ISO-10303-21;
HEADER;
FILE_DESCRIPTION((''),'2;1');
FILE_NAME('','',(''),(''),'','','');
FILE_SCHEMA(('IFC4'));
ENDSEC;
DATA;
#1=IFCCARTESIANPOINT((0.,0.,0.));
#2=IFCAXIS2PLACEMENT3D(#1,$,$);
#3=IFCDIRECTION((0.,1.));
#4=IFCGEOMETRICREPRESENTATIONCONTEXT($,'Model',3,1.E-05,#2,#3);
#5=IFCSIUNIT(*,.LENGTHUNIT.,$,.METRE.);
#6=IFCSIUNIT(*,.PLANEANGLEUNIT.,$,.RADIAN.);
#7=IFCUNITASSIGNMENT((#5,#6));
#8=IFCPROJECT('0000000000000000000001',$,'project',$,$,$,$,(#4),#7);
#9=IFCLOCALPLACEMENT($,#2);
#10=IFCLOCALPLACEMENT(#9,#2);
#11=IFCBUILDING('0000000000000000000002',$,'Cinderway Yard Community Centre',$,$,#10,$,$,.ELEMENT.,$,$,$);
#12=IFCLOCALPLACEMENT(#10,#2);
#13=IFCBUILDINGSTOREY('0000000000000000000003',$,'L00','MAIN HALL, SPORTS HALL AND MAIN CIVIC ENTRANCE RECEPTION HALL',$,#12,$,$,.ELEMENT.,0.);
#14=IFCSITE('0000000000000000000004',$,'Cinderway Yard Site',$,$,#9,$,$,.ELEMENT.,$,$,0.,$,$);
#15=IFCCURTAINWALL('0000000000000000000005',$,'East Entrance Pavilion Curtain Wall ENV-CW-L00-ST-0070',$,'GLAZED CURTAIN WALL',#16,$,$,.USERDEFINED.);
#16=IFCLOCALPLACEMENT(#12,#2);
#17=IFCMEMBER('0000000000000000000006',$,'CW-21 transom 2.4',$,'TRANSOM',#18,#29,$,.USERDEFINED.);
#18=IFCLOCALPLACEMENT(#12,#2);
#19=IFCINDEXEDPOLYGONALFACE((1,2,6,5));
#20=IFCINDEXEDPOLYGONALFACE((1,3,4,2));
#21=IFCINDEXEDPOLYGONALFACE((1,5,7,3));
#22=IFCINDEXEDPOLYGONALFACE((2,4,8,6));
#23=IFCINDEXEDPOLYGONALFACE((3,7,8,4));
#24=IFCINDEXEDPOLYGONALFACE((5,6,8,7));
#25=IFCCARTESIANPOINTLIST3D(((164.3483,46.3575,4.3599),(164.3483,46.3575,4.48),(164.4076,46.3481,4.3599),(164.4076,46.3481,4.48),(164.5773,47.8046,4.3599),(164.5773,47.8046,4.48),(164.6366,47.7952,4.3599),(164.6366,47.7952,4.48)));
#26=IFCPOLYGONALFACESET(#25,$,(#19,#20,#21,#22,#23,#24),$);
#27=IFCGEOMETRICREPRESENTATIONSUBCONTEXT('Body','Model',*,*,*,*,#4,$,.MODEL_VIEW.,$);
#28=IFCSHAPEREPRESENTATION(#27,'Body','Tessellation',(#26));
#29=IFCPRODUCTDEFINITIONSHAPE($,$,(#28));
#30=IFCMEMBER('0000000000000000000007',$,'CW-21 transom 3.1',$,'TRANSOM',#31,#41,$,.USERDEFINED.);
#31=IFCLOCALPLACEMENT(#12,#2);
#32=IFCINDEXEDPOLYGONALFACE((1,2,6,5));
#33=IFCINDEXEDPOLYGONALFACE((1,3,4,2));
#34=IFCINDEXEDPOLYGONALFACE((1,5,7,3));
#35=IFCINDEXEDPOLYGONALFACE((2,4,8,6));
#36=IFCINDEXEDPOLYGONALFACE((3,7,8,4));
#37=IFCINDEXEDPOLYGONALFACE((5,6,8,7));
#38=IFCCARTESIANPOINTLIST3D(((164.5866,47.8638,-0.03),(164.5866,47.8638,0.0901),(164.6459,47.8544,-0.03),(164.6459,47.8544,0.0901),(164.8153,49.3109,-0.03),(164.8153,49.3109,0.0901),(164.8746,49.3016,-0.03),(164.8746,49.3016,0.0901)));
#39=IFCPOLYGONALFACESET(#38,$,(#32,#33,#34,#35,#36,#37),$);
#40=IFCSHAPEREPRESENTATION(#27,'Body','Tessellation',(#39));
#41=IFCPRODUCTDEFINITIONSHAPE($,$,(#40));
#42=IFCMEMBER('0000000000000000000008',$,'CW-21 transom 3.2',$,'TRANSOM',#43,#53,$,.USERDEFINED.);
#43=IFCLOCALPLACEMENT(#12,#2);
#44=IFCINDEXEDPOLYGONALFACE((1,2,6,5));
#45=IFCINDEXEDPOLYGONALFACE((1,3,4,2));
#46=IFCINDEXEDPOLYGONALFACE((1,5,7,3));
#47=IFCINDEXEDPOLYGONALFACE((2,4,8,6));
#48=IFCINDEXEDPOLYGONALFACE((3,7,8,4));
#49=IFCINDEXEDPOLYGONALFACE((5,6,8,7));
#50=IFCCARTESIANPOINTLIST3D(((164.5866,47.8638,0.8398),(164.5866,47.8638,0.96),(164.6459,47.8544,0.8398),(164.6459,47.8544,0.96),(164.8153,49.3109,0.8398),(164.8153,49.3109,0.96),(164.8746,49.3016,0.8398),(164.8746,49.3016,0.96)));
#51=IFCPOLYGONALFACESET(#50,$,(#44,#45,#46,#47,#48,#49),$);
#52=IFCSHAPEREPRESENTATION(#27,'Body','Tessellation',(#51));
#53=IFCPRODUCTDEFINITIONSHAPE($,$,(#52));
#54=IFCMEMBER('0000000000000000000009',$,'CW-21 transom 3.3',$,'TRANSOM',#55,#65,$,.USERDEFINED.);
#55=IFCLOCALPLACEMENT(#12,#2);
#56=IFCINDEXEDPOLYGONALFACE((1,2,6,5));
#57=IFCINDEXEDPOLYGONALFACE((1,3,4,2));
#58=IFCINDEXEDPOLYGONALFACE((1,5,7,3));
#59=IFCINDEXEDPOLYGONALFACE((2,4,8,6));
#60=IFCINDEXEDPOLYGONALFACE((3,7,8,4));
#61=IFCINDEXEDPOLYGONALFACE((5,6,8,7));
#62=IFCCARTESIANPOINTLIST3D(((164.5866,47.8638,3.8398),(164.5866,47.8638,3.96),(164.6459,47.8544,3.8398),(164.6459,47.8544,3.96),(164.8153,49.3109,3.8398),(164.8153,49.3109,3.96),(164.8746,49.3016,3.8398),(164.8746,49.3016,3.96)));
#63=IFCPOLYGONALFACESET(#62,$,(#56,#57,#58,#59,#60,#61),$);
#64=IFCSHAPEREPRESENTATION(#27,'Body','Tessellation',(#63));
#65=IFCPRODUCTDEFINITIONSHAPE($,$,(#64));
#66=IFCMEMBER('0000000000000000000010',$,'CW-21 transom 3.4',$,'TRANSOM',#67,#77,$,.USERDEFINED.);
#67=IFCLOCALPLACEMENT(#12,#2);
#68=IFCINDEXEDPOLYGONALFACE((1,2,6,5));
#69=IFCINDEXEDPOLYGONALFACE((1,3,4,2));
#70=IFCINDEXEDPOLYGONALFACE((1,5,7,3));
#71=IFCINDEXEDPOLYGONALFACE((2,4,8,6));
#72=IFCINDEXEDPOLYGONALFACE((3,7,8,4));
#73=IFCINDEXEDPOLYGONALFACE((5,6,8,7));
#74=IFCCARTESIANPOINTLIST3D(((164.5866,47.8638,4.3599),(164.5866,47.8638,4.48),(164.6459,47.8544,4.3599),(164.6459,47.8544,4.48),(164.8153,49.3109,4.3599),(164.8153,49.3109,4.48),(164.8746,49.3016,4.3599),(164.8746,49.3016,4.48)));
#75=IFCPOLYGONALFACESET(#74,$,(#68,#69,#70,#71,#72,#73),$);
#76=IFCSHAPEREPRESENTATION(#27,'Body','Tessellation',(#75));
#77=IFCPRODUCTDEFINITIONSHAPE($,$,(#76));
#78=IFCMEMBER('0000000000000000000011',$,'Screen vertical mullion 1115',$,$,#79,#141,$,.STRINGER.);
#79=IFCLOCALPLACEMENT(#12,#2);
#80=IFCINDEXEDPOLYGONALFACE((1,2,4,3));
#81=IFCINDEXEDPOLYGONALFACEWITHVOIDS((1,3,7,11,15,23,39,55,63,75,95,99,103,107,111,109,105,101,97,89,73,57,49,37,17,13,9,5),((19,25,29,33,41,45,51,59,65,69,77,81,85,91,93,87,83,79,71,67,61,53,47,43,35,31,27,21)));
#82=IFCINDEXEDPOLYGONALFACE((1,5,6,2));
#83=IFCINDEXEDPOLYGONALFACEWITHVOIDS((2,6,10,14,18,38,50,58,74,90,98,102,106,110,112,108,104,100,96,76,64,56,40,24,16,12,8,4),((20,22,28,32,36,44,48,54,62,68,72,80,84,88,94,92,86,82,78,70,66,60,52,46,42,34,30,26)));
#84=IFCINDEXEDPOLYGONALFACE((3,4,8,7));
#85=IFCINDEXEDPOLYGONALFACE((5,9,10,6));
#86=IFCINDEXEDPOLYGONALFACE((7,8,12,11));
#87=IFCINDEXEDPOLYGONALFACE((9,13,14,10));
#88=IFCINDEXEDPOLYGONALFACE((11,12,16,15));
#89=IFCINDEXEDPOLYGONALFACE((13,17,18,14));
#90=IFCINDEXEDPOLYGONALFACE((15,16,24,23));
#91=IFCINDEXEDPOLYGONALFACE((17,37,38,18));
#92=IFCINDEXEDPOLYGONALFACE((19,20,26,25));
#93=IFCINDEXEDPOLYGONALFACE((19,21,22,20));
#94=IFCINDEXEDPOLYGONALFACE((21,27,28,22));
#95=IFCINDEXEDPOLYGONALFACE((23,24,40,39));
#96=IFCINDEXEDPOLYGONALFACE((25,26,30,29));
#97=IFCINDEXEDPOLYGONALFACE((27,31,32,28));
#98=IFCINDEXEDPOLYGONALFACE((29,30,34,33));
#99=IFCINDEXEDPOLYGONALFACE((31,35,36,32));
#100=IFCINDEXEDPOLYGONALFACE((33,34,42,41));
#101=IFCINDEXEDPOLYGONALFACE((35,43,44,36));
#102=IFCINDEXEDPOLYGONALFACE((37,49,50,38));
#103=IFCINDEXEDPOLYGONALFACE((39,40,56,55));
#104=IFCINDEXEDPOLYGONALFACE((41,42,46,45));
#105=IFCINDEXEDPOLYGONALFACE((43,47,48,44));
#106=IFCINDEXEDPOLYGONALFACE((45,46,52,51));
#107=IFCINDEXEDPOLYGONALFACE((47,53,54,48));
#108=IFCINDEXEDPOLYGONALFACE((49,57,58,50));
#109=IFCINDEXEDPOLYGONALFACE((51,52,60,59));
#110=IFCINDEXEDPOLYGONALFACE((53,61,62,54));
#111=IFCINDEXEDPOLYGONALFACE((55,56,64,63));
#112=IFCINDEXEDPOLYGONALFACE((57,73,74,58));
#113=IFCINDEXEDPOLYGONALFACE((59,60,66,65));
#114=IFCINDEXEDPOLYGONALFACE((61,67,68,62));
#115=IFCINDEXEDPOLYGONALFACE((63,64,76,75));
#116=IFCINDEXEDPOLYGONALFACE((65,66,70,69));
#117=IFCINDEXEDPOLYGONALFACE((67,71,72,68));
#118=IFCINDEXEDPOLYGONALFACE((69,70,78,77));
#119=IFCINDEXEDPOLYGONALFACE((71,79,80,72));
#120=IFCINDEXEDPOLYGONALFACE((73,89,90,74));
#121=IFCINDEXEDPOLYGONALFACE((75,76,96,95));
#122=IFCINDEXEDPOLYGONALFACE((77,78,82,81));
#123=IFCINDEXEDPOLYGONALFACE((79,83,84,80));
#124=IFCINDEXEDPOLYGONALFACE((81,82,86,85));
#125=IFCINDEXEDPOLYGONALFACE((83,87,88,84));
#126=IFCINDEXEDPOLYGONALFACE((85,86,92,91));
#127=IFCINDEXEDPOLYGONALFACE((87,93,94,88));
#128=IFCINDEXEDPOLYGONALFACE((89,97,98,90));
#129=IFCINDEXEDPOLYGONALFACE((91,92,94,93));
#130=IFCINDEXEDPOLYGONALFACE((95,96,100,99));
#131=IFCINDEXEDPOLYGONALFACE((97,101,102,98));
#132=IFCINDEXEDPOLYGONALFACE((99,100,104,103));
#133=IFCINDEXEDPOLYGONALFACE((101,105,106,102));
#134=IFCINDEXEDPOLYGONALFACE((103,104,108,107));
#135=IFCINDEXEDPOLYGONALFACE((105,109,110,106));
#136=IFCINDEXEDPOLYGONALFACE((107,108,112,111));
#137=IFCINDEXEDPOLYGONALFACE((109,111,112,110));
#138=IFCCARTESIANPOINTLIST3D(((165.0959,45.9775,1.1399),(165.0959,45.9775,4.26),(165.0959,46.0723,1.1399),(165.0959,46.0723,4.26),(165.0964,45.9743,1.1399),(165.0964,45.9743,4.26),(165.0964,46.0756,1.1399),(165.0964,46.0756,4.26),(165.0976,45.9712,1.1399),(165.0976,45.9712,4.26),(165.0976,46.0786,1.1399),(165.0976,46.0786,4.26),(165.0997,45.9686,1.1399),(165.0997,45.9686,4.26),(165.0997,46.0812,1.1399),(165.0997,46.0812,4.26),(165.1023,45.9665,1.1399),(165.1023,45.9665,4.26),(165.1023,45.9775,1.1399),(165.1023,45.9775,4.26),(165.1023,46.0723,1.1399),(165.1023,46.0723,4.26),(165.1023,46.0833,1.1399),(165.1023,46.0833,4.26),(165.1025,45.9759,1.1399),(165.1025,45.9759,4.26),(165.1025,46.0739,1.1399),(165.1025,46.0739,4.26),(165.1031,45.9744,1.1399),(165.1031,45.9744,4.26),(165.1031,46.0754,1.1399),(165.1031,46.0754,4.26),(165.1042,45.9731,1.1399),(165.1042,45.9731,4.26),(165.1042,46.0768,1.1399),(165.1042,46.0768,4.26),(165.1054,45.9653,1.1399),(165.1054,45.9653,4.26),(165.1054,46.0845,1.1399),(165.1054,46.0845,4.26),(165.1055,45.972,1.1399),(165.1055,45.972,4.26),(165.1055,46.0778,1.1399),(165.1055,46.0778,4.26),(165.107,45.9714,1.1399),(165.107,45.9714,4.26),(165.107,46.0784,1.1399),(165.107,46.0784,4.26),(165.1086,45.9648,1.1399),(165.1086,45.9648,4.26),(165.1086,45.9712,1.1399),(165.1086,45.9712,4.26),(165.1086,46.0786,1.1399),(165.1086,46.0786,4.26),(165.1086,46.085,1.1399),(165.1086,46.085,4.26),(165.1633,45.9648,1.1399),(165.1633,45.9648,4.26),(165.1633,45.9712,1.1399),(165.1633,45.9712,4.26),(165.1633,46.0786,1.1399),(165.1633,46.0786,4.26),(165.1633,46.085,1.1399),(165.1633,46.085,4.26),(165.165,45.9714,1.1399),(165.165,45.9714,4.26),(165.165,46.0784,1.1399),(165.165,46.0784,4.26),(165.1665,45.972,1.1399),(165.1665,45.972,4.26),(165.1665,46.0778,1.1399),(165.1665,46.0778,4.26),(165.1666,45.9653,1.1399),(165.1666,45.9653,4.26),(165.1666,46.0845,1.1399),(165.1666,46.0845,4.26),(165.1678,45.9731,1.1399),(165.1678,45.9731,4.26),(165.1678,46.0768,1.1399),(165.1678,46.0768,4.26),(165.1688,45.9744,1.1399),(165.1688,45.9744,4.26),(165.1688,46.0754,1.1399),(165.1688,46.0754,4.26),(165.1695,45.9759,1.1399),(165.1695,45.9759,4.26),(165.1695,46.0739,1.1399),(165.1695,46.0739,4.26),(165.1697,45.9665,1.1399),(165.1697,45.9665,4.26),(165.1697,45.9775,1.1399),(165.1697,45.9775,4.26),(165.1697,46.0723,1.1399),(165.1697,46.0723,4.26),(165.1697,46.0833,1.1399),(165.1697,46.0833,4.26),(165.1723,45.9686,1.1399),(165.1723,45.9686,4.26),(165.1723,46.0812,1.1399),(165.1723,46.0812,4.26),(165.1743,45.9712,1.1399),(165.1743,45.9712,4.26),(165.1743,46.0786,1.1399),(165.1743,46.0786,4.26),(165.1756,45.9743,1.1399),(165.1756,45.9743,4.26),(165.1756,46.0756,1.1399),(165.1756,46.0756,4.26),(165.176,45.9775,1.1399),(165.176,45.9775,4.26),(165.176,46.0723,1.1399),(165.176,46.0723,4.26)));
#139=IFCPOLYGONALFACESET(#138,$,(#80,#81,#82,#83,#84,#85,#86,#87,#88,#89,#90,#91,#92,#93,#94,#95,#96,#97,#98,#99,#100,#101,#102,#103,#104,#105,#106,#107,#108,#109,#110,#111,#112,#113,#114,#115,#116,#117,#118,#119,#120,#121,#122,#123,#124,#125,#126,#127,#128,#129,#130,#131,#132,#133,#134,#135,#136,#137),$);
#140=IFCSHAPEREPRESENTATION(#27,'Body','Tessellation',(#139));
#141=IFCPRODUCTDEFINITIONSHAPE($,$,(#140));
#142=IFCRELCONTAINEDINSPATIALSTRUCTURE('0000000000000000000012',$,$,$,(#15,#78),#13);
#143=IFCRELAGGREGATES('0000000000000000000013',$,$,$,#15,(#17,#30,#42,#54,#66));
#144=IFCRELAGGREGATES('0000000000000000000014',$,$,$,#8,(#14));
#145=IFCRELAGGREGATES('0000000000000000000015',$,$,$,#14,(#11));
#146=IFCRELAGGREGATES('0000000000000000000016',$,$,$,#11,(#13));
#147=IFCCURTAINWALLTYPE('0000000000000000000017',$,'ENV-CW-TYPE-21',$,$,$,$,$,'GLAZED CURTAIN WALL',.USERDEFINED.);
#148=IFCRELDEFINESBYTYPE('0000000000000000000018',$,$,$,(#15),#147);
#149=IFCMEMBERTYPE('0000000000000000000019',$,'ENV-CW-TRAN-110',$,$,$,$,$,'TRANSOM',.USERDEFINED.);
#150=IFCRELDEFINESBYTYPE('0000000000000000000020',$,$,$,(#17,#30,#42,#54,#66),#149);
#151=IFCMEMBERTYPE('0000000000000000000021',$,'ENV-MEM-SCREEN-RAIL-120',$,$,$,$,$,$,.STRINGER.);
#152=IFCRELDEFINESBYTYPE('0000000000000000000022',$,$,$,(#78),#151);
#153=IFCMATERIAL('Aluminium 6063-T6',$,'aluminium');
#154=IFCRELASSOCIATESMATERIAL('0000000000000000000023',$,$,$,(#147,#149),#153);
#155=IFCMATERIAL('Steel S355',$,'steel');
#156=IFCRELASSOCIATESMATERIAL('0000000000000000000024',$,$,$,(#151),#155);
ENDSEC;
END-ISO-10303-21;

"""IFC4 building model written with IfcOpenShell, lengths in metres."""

from ifc_helpers import new_model, si_unit, direction, frame, origin, origin_2d, place, context, subcontext, project, spatial, rectangle, hollow_rectangle, extrude, material, material_profile, profile_set, type_object, element, aggregate, save


model = new_model("IFC4")

# Units and contexts
model_context = context("Model", 3, precision=1e-05, world=origin(), true_north=direction((0.0, 1.0)))
body_context = subcontext(model_context, "Body", "Model", "MODEL_VIEW")
ifc_project = project(units=[si_unit("LENGTHUNIT", "METRE"), si_unit("PLANEANGLEUNIT", "RADIAN")], contexts=[model_context])

# Site, building, storey
site_placement = place(None, origin())
site = spatial("IfcSite", under=ifc_project, at=site_placement, Name="Cinderway Yard Site", CompositionType="ELEMENT", RefElevation=0.0)
building_placement = place(site_placement, origin())
building = spatial("IfcBuilding", under=site, at=building_placement, Name="Cinderway Yard Community Centre", CompositionType="ELEMENT")
storey_placement = place(building_placement, origin())
storey = spatial("IfcBuildingStorey", under=building, at=storey_placement, Name="L00", Description="MAIN HALL, SPORTS HALL AND MAIN CIVIC ENTRANCE RECEPTION HALL", CompositionType="ELEMENT", Elevation=0.0)

# Curtain wall, members
ifc_material_1 = material(Name="Aluminium 6063-T6", Category="aluminium")
curtain_wall_type = type_object("IfcCurtainWallType", Name="ENV-CW-TYPE-21", ElementType="GLAZED CURTAIN WALL", PredefinedType="USERDEFINED", material=ifc_material_1)
curtain_wall_placement = place(storey_placement, origin())
curtain_wall = element("IfcCurtainWall", 1, at=curtain_wall_placement, inside=storey, type_object=curtain_wall_type, Name="East Entrance Pavilion Curtain Wall ENV-CW-L00-ST-0070", ObjectType="GLAZED CURTAIN WALL", PredefinedType="USERDEFINED")
ifc_material_profile_1 = material_profile(ifc_material_1, rectangle(XDim=0.0601, YDim=0.1201, at=origin_2d()), Name="Aluminium 6063-T6")
ifc_profile_set_1 = profile_set([ifc_material_profile_1], Name="Aluminium 6063-T6")
member_type_1 = type_object("IfcMemberType", Name="ENV-CW-TRAN-110", ElementType="TRANSOM", PredefinedType="USERDEFINED", material=ifc_profile_set_1)
member_1_placement = place(storey_placement, frame((164.3779, 46.3528, 4.4199), z_axis=(0.156313, 0.987708, 0.0), x_axis=(-0.987708, 0.156313, 0.0)))
member_1 = element("IfcMember", 2, at=member_1_placement, type_object=member_type_1, Name="CW-21 transom 2.4", ObjectType="TRANSOM", PredefinedType="USERDEFINED", context=body_context, shape_type="SweptSolid", body=[
    extrude(rectangle(XDim=0.0601, YDim=0.1201, at=origin_2d()), origin(), (0.0, 0.0, 1.0), 1.4651),
])
member_2_placement = place(storey_placement, frame((164.6162, 47.8591, 0.03), z_axis=(0.156151, 0.987733, 0.0), x_axis=(-0.987733, 0.156151, 0.0)))
member_2 = element("IfcMember", 3, at=member_2_placement, type_object=member_type_1, Name="CW-21 transom 3.1", ObjectType="TRANSOM", PredefinedType="USERDEFINED", context=body_context, shape_type="SweptSolid", body=[
    extrude(rectangle(XDim=0.0601, YDim=0.1201, at=origin_2d()), origin(), (0.0, 0.0, 1.0), 1.4651),
])
member_3_placement = place(storey_placement, frame((164.6162, 47.8591, 0.8999), z_axis=(0.156151, 0.987733, 0.0), x_axis=(-0.987733, 0.156151, 0.0)))
member_3 = element("IfcMember", 4, at=member_3_placement, type_object=member_type_1, Name="CW-21 transom 3.2", ObjectType="TRANSOM", PredefinedType="USERDEFINED", context=body_context, shape_type="SweptSolid", body=[
    extrude(rectangle(XDim=0.0601, YDim=0.1201, at=origin_2d()), origin(), (0.0, 0.0, 1.0), 1.4651),
])
member_4_placement = place(storey_placement, frame((164.6162, 47.8591, 3.8999), z_axis=(0.156151, 0.987733, 0.0), x_axis=(-0.987733, 0.156151, 0.0)))
member_4 = element("IfcMember", 5, at=member_4_placement, type_object=member_type_1, Name="CW-21 transom 3.3", ObjectType="TRANSOM", PredefinedType="USERDEFINED", context=body_context, shape_type="SweptSolid", body=[
    extrude(rectangle(XDim=0.0601, YDim=0.1201, at=origin_2d()), origin(), (0.0, 0.0, 1.0), 1.4651),
])
member_5_placement = place(storey_placement, frame((164.6162, 47.8591, 4.4199), z_axis=(0.156151, 0.987733, 0.0), x_axis=(-0.987733, 0.156151, 0.0)))
member_5 = element("IfcMember", 6, at=member_5_placement, type_object=member_type_1, Name="CW-21 transom 3.4", ObjectType="TRANSOM", PredefinedType="USERDEFINED", context=body_context, shape_type="SweptSolid", body=[
    extrude(rectangle(XDim=0.0601, YDim=0.1201, at=origin_2d()), origin(), (0.0, 0.0, 1.0), 1.4651),
])

# Member
ifc_material_2 = material(Name="Steel S355", Category="steel")
ifc_material_profile_2 = material_profile(ifc_material_2, hollow_rectangle(XDim=0.0801, YDim=0.1201, WallThickness=0.0063, InnerFilletRadius=0.0063, OuterFilletRadius=0.0127, at=origin_2d()), Name="Steel S355")
ifc_profile_set_2 = profile_set([ifc_material_profile_2], Name="Steel S355")
member_type_2 = type_object("IfcMemberType", Name="ENV-MEM-SCREEN-RAIL-120", PredefinedType="STRINGER", material=ifc_profile_set_2)
for number, where, z_axis, x_axis, name in (
    (7, (165.136, 46.0249, 1.1399), (0.0, 0.0, 1.0), (1.0, 0.0, 0.0), "Screen vertical mullion 1115"),
):
    element("IfcMember", number, at=place(storey_placement, frame(where, z_axis=z_axis, x_axis=x_axis)), inside=storey, type_object=member_type_2, Name=name, PredefinedType="STRINGER", context=body_context, shape_type="SweptSolid", body=[
        extrude(hollow_rectangle(XDim=0.0801, YDim=0.1201, WallThickness=0.0063, InnerFilletRadius=0.0063, OuterFilletRadius=0.0127, at=origin_2d()), origin(), (0.0, 0.0, 1.0), 3.1201),
    ])

aggregate(curtain_wall, [member_1, member_2, member_3, member_4, member_5])

save(model, "model.ifc")
